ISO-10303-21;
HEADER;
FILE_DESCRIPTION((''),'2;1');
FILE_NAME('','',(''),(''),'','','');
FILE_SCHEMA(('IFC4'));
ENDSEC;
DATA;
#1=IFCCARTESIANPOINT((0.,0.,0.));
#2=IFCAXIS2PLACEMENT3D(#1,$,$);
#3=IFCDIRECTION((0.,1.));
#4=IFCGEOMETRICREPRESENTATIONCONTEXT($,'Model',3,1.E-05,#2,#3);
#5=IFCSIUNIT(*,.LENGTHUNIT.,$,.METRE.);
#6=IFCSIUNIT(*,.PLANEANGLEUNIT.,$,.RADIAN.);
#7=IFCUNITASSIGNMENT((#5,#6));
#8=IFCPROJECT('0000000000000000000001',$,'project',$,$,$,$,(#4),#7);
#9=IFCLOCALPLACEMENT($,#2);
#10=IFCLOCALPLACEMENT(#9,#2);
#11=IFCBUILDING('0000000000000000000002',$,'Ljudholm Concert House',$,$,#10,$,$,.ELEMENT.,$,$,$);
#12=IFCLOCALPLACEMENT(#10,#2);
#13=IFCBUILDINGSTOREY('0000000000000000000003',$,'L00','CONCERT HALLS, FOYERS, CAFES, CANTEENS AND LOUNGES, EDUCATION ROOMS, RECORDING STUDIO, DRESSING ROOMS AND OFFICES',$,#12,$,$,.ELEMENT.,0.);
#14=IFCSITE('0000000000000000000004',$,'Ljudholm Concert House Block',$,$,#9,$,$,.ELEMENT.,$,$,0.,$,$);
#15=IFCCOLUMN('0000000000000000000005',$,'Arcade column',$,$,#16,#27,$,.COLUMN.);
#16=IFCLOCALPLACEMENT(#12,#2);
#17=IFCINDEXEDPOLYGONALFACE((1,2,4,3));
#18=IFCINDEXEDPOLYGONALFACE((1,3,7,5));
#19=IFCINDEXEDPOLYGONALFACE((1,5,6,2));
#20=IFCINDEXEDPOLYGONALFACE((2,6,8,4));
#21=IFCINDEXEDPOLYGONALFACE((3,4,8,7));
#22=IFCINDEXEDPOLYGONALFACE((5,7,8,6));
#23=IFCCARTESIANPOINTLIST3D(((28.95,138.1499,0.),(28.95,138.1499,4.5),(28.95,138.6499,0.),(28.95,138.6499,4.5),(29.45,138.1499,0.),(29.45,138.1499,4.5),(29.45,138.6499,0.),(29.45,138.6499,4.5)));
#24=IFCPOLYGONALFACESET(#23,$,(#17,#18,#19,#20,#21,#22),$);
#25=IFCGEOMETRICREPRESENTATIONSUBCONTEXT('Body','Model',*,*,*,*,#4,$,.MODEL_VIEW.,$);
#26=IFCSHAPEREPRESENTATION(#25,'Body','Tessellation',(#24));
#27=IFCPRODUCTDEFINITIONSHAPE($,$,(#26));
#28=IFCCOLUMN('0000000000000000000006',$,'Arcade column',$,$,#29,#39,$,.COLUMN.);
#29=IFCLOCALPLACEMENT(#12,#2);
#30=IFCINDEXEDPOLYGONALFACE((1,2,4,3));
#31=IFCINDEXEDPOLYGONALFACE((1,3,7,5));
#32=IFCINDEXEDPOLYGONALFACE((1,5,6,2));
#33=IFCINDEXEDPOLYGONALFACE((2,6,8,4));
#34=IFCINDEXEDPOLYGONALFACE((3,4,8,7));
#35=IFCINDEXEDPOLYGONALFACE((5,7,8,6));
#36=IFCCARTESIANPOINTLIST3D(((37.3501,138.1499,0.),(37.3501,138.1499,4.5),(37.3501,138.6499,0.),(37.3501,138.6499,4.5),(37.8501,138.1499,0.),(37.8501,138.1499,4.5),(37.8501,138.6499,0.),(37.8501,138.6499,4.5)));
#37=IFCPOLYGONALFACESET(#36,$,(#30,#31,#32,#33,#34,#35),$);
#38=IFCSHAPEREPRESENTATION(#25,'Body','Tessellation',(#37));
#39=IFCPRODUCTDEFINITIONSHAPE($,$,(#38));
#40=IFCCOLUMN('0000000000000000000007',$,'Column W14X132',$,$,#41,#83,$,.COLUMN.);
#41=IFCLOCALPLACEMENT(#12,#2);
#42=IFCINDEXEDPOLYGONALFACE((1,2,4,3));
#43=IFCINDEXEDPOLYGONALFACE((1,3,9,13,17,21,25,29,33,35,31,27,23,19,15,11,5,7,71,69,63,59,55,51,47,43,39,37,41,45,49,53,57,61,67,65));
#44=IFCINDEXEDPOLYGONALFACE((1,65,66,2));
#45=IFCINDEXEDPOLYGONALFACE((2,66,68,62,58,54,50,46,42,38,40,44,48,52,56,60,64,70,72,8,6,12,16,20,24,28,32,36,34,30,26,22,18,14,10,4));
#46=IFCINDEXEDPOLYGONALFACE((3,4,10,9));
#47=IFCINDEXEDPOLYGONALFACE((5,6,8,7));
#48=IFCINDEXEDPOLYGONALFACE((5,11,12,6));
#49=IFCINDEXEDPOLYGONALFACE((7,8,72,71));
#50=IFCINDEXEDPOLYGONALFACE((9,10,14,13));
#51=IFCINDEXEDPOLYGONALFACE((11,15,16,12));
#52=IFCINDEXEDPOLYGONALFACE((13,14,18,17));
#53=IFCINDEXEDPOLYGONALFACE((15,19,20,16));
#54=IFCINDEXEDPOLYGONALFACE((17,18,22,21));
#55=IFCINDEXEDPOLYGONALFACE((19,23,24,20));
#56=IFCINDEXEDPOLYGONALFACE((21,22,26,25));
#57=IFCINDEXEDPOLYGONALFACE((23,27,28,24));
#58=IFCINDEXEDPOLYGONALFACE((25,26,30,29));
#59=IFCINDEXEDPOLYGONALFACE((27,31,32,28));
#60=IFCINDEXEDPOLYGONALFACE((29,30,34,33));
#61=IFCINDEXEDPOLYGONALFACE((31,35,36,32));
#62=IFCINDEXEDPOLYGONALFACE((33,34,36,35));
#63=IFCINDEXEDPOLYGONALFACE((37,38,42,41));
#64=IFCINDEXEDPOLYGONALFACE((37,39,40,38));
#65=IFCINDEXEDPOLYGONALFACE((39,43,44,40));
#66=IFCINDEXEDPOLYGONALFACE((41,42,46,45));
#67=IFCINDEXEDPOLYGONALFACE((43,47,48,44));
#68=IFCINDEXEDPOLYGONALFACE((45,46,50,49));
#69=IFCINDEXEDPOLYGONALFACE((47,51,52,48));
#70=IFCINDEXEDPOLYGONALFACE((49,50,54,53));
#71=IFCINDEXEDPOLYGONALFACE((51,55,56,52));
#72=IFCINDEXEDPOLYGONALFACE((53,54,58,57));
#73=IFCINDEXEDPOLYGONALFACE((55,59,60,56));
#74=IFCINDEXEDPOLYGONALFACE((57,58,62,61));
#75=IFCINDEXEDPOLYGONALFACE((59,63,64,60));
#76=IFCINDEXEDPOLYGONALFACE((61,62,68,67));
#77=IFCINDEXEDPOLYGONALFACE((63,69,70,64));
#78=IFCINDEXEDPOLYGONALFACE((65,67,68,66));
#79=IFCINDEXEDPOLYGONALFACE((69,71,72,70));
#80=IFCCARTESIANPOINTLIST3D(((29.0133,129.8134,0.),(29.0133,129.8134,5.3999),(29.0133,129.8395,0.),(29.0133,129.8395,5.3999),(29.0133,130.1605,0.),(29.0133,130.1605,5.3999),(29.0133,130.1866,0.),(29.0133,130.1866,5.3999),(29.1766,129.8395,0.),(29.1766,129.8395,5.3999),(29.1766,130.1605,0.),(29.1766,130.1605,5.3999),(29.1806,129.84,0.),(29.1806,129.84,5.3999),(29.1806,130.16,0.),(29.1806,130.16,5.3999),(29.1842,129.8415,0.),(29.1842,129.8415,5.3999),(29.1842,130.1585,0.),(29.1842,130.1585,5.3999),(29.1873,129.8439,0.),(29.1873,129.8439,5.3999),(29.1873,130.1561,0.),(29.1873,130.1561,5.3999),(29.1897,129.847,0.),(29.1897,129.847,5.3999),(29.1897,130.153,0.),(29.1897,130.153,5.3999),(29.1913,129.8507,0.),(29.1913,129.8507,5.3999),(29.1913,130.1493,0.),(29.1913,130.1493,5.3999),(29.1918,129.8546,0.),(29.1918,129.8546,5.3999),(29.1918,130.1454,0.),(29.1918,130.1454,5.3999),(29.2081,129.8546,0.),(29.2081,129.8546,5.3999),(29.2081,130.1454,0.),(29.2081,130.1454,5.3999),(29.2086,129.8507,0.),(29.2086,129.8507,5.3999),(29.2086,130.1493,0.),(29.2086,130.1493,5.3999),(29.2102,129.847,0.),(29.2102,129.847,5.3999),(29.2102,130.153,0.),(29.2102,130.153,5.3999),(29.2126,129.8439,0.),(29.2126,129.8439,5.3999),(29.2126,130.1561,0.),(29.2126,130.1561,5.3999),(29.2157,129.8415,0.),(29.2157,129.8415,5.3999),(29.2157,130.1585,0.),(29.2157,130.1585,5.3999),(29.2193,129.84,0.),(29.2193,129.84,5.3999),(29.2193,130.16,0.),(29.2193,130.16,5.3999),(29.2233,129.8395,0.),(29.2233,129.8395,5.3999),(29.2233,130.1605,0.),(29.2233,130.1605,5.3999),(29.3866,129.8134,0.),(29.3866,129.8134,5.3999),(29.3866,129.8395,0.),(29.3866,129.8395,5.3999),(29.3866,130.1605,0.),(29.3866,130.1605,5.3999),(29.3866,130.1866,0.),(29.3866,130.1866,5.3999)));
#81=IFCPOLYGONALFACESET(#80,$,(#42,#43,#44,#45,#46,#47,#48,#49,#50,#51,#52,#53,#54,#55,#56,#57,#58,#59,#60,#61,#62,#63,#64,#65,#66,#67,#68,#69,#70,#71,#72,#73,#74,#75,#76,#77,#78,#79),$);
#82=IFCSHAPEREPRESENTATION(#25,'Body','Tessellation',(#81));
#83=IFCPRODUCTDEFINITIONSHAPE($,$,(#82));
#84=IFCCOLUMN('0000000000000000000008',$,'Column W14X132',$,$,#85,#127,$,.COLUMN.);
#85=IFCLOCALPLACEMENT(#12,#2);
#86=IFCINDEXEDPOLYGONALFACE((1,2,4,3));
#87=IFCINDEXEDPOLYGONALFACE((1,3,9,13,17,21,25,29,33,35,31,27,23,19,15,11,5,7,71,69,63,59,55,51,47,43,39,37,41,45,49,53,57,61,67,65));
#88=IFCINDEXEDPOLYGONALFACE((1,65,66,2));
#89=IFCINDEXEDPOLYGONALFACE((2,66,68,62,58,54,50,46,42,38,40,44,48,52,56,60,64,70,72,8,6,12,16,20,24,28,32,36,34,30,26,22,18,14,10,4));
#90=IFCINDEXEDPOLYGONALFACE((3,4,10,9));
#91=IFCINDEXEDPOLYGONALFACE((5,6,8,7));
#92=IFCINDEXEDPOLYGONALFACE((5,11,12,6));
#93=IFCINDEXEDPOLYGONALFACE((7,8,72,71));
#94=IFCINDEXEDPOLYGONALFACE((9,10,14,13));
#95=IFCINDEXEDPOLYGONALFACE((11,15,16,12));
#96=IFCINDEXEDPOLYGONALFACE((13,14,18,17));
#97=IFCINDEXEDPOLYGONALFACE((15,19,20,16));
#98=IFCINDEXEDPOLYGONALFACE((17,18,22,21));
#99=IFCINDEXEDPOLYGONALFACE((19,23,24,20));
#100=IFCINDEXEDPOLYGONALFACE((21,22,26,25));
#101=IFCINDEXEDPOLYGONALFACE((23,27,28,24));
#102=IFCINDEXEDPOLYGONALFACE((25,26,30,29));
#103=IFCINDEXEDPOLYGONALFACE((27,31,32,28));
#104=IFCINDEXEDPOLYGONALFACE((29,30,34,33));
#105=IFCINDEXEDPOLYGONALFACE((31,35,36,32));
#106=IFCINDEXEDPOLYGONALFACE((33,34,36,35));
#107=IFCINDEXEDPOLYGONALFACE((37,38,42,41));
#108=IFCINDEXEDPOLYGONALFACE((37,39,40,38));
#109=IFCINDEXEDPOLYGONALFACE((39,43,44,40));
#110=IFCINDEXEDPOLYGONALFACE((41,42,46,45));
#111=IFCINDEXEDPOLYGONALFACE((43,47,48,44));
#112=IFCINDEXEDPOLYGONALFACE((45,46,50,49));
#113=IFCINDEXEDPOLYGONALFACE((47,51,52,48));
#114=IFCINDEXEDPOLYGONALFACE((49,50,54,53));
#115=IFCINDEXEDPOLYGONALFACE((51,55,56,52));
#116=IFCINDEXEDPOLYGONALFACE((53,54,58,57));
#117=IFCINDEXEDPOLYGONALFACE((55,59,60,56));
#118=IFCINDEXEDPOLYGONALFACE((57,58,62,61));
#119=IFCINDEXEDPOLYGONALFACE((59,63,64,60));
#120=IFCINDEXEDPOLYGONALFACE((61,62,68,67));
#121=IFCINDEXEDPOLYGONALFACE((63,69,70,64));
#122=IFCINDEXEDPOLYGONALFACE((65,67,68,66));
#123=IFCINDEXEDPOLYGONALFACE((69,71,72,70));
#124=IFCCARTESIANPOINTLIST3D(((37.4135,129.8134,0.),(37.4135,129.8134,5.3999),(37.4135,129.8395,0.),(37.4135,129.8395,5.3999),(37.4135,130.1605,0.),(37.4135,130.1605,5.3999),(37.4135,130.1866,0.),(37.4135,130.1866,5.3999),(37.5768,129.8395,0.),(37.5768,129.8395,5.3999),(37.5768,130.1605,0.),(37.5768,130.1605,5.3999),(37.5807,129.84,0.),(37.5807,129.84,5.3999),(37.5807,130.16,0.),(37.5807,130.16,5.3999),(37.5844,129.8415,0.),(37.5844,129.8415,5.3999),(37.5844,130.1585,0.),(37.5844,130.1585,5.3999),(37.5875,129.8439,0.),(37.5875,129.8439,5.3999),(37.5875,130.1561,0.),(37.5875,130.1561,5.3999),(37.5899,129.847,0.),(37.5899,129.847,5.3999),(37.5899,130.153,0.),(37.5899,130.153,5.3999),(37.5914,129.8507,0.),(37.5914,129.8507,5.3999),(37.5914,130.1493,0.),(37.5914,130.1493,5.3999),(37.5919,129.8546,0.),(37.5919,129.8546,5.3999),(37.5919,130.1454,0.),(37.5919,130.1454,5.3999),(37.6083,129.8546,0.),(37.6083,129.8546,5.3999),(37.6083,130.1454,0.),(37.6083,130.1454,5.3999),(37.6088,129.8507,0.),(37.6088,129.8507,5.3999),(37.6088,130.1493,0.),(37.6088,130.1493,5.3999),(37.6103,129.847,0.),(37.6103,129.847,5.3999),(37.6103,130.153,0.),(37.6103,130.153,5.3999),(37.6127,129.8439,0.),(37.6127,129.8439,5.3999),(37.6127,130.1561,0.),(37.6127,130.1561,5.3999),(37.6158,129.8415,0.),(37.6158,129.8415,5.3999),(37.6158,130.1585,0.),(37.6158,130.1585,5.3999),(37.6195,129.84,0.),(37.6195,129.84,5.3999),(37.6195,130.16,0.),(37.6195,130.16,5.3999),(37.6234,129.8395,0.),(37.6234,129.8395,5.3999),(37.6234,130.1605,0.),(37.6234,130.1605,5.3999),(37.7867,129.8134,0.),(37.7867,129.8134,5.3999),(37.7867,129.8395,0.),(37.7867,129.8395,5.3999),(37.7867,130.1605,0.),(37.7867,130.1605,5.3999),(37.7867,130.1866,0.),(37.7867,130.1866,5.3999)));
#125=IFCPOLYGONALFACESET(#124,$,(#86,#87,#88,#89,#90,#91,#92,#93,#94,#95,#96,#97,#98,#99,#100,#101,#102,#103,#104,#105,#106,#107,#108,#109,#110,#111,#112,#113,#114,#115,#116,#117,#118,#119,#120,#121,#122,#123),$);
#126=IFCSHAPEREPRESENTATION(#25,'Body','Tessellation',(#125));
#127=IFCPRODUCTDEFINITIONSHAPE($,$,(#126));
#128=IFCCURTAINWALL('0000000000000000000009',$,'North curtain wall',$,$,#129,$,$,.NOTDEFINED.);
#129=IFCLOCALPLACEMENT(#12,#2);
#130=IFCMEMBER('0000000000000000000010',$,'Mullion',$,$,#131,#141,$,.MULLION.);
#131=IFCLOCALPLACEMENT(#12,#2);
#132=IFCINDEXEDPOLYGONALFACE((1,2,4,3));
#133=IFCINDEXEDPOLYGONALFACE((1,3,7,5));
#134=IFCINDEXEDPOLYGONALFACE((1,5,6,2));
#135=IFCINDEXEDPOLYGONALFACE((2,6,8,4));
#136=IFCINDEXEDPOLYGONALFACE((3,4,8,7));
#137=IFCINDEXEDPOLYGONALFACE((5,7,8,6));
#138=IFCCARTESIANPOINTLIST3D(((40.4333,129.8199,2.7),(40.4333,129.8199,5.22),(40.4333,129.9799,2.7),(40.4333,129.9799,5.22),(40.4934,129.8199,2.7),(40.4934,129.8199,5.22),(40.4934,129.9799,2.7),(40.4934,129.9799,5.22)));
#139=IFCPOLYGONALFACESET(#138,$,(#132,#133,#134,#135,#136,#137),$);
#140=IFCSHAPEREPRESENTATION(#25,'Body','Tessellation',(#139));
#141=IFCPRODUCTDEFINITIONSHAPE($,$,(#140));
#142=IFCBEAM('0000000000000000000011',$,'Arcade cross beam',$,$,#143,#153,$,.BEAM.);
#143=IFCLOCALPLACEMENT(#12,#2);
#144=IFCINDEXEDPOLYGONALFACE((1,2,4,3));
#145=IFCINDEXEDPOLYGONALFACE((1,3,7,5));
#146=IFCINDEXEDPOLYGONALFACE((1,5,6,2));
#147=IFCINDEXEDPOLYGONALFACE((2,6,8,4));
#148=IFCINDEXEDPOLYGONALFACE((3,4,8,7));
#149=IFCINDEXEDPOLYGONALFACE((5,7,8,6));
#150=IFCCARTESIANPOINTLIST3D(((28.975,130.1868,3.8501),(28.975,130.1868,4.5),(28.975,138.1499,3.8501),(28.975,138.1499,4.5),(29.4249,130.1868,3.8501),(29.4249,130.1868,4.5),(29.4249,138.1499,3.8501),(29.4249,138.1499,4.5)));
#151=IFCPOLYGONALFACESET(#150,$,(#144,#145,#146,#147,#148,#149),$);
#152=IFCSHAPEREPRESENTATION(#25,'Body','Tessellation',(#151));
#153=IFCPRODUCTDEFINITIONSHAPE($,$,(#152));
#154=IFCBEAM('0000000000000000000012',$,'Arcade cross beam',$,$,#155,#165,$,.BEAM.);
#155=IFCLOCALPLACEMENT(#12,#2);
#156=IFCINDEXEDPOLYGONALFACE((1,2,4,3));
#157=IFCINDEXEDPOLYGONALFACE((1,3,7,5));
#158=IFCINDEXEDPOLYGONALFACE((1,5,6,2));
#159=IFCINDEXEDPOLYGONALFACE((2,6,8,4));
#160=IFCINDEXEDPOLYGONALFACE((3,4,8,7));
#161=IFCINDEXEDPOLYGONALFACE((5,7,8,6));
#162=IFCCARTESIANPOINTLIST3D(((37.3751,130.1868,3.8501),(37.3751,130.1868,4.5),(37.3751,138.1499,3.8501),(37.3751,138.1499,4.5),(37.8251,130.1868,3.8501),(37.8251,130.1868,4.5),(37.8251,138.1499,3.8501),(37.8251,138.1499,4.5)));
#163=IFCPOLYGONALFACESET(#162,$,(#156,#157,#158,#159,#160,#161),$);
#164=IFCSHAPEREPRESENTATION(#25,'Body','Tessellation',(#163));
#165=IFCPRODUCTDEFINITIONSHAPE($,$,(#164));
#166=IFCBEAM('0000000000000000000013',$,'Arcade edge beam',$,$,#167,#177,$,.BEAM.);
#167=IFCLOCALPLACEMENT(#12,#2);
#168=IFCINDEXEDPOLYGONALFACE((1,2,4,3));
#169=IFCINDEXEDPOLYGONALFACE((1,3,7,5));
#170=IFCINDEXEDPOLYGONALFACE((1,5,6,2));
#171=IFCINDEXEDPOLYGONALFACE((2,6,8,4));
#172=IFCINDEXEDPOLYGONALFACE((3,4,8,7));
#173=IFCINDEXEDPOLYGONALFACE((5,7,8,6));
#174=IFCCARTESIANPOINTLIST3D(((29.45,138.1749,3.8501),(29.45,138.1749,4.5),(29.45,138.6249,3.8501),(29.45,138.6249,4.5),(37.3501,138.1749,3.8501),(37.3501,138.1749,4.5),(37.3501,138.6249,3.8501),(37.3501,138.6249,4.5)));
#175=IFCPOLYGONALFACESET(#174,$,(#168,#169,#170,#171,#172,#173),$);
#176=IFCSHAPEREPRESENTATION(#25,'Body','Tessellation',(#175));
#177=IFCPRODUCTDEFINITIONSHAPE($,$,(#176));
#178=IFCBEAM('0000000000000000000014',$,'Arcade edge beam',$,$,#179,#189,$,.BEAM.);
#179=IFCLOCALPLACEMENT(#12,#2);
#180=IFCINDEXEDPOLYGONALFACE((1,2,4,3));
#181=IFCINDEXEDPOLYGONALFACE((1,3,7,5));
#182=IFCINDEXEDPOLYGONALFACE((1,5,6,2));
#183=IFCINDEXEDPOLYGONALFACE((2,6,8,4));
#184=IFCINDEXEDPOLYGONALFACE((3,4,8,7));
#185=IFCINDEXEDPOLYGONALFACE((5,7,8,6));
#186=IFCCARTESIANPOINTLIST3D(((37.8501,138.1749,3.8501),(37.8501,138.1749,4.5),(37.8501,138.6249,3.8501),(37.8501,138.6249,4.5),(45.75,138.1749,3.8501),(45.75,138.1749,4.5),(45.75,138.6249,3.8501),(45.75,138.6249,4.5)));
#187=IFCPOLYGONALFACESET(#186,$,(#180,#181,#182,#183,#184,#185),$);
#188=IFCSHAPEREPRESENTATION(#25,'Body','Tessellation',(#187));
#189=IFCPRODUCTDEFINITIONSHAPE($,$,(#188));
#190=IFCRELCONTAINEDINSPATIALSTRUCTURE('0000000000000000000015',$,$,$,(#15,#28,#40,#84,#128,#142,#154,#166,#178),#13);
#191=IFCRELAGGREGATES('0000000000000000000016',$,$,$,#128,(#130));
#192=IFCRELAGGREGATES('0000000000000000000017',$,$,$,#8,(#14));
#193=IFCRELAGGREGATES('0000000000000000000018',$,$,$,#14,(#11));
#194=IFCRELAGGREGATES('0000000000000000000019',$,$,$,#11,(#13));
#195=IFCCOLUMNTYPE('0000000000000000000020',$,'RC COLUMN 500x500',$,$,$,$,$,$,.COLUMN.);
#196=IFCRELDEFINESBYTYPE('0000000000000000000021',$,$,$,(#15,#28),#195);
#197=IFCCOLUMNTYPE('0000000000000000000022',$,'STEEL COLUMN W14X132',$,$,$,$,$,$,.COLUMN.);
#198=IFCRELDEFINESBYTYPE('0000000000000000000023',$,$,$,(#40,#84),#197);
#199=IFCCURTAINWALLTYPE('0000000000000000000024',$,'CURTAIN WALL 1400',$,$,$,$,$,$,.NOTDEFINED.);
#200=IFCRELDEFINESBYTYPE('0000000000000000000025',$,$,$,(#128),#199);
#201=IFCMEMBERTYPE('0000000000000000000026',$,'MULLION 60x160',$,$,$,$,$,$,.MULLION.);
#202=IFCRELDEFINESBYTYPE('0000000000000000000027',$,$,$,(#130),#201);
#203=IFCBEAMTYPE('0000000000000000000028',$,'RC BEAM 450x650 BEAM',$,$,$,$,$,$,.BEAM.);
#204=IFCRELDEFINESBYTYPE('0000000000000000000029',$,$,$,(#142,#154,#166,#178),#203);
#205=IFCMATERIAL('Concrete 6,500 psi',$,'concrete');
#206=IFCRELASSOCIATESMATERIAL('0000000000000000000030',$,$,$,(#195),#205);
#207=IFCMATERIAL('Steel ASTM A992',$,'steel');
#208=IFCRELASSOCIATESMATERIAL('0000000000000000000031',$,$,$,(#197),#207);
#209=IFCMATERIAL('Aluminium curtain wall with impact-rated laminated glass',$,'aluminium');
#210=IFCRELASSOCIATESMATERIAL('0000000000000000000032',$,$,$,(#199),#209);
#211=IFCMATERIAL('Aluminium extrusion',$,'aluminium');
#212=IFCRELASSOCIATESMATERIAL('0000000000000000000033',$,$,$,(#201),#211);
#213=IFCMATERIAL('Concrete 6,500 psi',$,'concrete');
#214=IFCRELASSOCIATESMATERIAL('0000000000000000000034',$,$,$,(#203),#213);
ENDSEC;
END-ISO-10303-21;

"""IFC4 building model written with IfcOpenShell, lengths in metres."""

from ifc_helpers import new_model, si_unit, direction, frame, origin, origin_2d, place, context, subcontext, project, spatial, rectangle, i_section, extrude, material, material_profile, profile_set, type_object, element, aggregate, save


model = new_model("IFC4")

# Units and contexts
model_context = context("Model", 3, precision=1e-05, world=origin(), true_north=direction((0.0, 1.0)))
body_context = subcontext(model_context, "Body", "Model", "MODEL_VIEW")
ifc_project = project(units=[si_unit("LENGTHUNIT", "METRE"), si_unit("PLANEANGLEUNIT", "RADIAN")], contexts=[model_context])

# Site, building, storey
site_placement = place(None, origin())
site = spatial("IfcSite", under=ifc_project, at=site_placement, Name="Ljudholm Concert House Block", CompositionType="ELEMENT", RefElevation=0.0)
building_placement = place(site_placement, origin())
building = spatial("IfcBuilding", under=site, at=building_placement, Name="Ljudholm Concert House", CompositionType="ELEMENT")
storey_placement = place(building_placement, origin())
storey = spatial("IfcBuildingStorey", under=building, at=storey_placement, Name="L00", Description="CONCERT HALLS, FOYERS, CAFES, CANTEENS AND LOUNGES, EDUCATION ROOMS, RECORDING STUDIO, DRESSING ROOMS AND OFFICES", CompositionType="ELEMENT", Elevation=0.0)

# Columns
ifc_material_1 = material(Name="Concrete 6,500 psi", Category="concrete")
ifc_material_profile_1 = material_profile(ifc_material_1, rectangle(XDim=0.5, YDim=0.5, at=origin_2d()), Name="RC COLUMN 500x500")
ifc_profile_set_1 = profile_set([ifc_material_profile_1], Name="Concrete 6,500 psi")
column_type_1 = type_object("IfcColumnType", Name="RC COLUMN 500x500", PredefinedType="COLUMN", material=ifc_profile_set_1)
for number, where, z_axis, x_axis, name in (
    (1, (29.2, 138.3999, 0.0), (0.0, 0.0, 1.0), (1.0, 0.0, 0.0), "Arcade column"),
    (2, (37.6001, 138.3999, 0.0), (0.0, 0.0, 1.0), (1.0, 0.0, 0.0), "Arcade column"),
):
    element("IfcColumn", number, at=place(storey_placement, frame(where, z_axis=z_axis, x_axis=x_axis)), inside=storey, type_object=column_type_1, Name=name, PredefinedType="COLUMN", context=body_context, shape_type="SweptSolid", body=[
        extrude(rectangle(XDim=0.5, YDim=0.5, at=origin_2d()), origin(), (0.0, 0.0, 1.0), 4.5),
    ])
ifc_material_2 = material(Name="Steel ASTM A992", Category="steel")
ifc_material_profile_2 = material_profile(ifc_material_2, i_section(OverallWidth=0.3733, OverallDepth=0.3733, WebThickness=0.0164, FlangeThickness=0.0261, FilletRadius=0.0151, at=origin_2d()), Name="W14X132")
ifc_profile_set_2 = profile_set([ifc_material_profile_2], Name="Steel ASTM A992")
column_type_2 = type_object("IfcColumnType", Name="STEEL COLUMN W14X132", PredefinedType="COLUMN", material=ifc_profile_set_2)
for number, where, z_axis, x_axis, name in (
    (3, (29.2, 130.0, 0.0), (0.0, 0.0, 1.0), (1.0, 0.0, 0.0), "Column W14X132"),
    (4, (37.6001, 130.0, 0.0), (0.0, 0.0, 1.0), (1.0, 0.0, 0.0), "Column W14X132"),
):
    element("IfcColumn", number, at=place(storey_placement, frame(where, z_axis=z_axis, x_axis=x_axis)), inside=storey, type_object=column_type_2, Name=name, PredefinedType="COLUMN", context=body_context, shape_type="SweptSolid", body=[
        extrude(i_section(OverallWidth=0.3733, OverallDepth=0.3733, WebThickness=0.0164, FlangeThickness=0.0261, FilletRadius=0.0151, at=origin_2d()), origin(), (0.0, 0.0, 1.0), 5.3999),
    ])

# Curtain wall, member
ifc_material_3 = material(Name="Aluminium curtain wall with impact-rated laminated glass", Category="aluminium")
curtain_wall_type = type_object("IfcCurtainWallType", Name="CURTAIN WALL 1400", PredefinedType="NOTDEFINED", material=ifc_material_3)
curtain_wall_placement = place(storey_placement, origin())
curtain_wall = element("IfcCurtainWall", 5, at=curtain_wall_placement, inside=storey, type_object=curtain_wall_type, Name="North curtain wall", PredefinedType="NOTDEFINED")
ifc_material_4 = material(Name="Aluminium extrusion", Category="aluminium")
ifc_material_profile_3 = material_profile(ifc_material_4, rectangle(XDim=0.1599, YDim=0.0601, at=origin_2d()), Name="MULLION 60x160")
ifc_profile_set_3 = profile_set([ifc_material_profile_3], Name="Aluminium extrusion")
member_type_1 = type_object("IfcMemberType", Name="MULLION 60x160", PredefinedType="MULLION", material=ifc_profile_set_3)
member_1_placement = place(storey_placement, frame((40.4634, 129.8999, 2.7), z_axis=(0.0, 0.0, 1.0), x_axis=(0.0, 1.0, 0.0)))
member_1 = element("IfcMember", 6, at=member_1_placement, type_object=member_type_1, Name="Mullion", PredefinedType="MULLION", context=body_context, shape_type="SweptSolid", body=[
    extrude(rectangle(XDim=0.1599, YDim=0.0601, at=origin_2d()), origin(), (0.0, 0.0, 1.0), 2.52),
])

# Beams
ifc_material_5 = material(Name="Concrete 6,500 psi", Category="concrete")
ifc_material_profile_4 = material_profile(ifc_material_5, rectangle(XDim=0.45, YDim=0.6499, at=origin_2d()), Name="RC BEAM 450x650 BEAM")
ifc_profile_set_4 = profile_set([ifc_material_profile_4], Name="Concrete 6,500 psi")
beam_type = type_object("IfcBeamType", Name="RC BEAM 450x650 BEAM", PredefinedType="BEAM", material=ifc_profile_set_4)
for number, where, z_axis, x_axis, name in (
    (7, (29.2, 138.1499, 4.175), (0.0, -1.0, 0.0), (1.0, 0.0, 0.0), "Arcade cross beam"),
    (8, (37.6001, 138.1499, 4.175), (0.0, -1.0, 0.0), (1.0, 0.0, 0.0), "Arcade cross beam"),
):
    element("IfcBeam", number, at=place(storey_placement, frame(where, z_axis=z_axis, x_axis=x_axis)), inside=storey, type_object=beam_type, Name=name, PredefinedType="BEAM", context=body_context, shape_type="SweptSolid", body=[
        extrude(rectangle(XDim=0.45, YDim=0.6499, at=origin_2d()), origin(), (0.0, 0.0, 1.0), 7.9631),
    ])
beam_1_placement = place(storey_placement, frame((29.45, 138.3999, 4.175), z_axis=(1.0, 0.0, 0.0), x_axis=(0.0, 1.0, 0.0)))
element("IfcBeam", 9, at=beam_1_placement, inside=storey, type_object=beam_type, Name="Arcade edge beam", PredefinedType="BEAM", context=body_context, shape_type="SweptSolid", body=[
    extrude(rectangle(XDim=0.45, YDim=0.6499, at=origin_2d()), origin(), (0.0, 0.0, 1.0), 7.9001),
])
beam_2_placement = place(storey_placement, frame((37.8501, 138.3999, 4.175), z_axis=(1.0, 0.0, 0.0), x_axis=(0.0, 1.0, 0.0)))
element("IfcBeam", 10, at=beam_2_placement, inside=storey, type_object=beam_type, Name="Arcade edge beam", PredefinedType="BEAM", context=body_context, shape_type="SweptSolid", body=[
    extrude(rectangle(XDim=0.45, YDim=0.6499, at=origin_2d()), origin(), (0.0, 0.0, 1.0), 7.8999),
])

aggregate(curtain_wall, [member_1])

save(model, "model.ifc")
